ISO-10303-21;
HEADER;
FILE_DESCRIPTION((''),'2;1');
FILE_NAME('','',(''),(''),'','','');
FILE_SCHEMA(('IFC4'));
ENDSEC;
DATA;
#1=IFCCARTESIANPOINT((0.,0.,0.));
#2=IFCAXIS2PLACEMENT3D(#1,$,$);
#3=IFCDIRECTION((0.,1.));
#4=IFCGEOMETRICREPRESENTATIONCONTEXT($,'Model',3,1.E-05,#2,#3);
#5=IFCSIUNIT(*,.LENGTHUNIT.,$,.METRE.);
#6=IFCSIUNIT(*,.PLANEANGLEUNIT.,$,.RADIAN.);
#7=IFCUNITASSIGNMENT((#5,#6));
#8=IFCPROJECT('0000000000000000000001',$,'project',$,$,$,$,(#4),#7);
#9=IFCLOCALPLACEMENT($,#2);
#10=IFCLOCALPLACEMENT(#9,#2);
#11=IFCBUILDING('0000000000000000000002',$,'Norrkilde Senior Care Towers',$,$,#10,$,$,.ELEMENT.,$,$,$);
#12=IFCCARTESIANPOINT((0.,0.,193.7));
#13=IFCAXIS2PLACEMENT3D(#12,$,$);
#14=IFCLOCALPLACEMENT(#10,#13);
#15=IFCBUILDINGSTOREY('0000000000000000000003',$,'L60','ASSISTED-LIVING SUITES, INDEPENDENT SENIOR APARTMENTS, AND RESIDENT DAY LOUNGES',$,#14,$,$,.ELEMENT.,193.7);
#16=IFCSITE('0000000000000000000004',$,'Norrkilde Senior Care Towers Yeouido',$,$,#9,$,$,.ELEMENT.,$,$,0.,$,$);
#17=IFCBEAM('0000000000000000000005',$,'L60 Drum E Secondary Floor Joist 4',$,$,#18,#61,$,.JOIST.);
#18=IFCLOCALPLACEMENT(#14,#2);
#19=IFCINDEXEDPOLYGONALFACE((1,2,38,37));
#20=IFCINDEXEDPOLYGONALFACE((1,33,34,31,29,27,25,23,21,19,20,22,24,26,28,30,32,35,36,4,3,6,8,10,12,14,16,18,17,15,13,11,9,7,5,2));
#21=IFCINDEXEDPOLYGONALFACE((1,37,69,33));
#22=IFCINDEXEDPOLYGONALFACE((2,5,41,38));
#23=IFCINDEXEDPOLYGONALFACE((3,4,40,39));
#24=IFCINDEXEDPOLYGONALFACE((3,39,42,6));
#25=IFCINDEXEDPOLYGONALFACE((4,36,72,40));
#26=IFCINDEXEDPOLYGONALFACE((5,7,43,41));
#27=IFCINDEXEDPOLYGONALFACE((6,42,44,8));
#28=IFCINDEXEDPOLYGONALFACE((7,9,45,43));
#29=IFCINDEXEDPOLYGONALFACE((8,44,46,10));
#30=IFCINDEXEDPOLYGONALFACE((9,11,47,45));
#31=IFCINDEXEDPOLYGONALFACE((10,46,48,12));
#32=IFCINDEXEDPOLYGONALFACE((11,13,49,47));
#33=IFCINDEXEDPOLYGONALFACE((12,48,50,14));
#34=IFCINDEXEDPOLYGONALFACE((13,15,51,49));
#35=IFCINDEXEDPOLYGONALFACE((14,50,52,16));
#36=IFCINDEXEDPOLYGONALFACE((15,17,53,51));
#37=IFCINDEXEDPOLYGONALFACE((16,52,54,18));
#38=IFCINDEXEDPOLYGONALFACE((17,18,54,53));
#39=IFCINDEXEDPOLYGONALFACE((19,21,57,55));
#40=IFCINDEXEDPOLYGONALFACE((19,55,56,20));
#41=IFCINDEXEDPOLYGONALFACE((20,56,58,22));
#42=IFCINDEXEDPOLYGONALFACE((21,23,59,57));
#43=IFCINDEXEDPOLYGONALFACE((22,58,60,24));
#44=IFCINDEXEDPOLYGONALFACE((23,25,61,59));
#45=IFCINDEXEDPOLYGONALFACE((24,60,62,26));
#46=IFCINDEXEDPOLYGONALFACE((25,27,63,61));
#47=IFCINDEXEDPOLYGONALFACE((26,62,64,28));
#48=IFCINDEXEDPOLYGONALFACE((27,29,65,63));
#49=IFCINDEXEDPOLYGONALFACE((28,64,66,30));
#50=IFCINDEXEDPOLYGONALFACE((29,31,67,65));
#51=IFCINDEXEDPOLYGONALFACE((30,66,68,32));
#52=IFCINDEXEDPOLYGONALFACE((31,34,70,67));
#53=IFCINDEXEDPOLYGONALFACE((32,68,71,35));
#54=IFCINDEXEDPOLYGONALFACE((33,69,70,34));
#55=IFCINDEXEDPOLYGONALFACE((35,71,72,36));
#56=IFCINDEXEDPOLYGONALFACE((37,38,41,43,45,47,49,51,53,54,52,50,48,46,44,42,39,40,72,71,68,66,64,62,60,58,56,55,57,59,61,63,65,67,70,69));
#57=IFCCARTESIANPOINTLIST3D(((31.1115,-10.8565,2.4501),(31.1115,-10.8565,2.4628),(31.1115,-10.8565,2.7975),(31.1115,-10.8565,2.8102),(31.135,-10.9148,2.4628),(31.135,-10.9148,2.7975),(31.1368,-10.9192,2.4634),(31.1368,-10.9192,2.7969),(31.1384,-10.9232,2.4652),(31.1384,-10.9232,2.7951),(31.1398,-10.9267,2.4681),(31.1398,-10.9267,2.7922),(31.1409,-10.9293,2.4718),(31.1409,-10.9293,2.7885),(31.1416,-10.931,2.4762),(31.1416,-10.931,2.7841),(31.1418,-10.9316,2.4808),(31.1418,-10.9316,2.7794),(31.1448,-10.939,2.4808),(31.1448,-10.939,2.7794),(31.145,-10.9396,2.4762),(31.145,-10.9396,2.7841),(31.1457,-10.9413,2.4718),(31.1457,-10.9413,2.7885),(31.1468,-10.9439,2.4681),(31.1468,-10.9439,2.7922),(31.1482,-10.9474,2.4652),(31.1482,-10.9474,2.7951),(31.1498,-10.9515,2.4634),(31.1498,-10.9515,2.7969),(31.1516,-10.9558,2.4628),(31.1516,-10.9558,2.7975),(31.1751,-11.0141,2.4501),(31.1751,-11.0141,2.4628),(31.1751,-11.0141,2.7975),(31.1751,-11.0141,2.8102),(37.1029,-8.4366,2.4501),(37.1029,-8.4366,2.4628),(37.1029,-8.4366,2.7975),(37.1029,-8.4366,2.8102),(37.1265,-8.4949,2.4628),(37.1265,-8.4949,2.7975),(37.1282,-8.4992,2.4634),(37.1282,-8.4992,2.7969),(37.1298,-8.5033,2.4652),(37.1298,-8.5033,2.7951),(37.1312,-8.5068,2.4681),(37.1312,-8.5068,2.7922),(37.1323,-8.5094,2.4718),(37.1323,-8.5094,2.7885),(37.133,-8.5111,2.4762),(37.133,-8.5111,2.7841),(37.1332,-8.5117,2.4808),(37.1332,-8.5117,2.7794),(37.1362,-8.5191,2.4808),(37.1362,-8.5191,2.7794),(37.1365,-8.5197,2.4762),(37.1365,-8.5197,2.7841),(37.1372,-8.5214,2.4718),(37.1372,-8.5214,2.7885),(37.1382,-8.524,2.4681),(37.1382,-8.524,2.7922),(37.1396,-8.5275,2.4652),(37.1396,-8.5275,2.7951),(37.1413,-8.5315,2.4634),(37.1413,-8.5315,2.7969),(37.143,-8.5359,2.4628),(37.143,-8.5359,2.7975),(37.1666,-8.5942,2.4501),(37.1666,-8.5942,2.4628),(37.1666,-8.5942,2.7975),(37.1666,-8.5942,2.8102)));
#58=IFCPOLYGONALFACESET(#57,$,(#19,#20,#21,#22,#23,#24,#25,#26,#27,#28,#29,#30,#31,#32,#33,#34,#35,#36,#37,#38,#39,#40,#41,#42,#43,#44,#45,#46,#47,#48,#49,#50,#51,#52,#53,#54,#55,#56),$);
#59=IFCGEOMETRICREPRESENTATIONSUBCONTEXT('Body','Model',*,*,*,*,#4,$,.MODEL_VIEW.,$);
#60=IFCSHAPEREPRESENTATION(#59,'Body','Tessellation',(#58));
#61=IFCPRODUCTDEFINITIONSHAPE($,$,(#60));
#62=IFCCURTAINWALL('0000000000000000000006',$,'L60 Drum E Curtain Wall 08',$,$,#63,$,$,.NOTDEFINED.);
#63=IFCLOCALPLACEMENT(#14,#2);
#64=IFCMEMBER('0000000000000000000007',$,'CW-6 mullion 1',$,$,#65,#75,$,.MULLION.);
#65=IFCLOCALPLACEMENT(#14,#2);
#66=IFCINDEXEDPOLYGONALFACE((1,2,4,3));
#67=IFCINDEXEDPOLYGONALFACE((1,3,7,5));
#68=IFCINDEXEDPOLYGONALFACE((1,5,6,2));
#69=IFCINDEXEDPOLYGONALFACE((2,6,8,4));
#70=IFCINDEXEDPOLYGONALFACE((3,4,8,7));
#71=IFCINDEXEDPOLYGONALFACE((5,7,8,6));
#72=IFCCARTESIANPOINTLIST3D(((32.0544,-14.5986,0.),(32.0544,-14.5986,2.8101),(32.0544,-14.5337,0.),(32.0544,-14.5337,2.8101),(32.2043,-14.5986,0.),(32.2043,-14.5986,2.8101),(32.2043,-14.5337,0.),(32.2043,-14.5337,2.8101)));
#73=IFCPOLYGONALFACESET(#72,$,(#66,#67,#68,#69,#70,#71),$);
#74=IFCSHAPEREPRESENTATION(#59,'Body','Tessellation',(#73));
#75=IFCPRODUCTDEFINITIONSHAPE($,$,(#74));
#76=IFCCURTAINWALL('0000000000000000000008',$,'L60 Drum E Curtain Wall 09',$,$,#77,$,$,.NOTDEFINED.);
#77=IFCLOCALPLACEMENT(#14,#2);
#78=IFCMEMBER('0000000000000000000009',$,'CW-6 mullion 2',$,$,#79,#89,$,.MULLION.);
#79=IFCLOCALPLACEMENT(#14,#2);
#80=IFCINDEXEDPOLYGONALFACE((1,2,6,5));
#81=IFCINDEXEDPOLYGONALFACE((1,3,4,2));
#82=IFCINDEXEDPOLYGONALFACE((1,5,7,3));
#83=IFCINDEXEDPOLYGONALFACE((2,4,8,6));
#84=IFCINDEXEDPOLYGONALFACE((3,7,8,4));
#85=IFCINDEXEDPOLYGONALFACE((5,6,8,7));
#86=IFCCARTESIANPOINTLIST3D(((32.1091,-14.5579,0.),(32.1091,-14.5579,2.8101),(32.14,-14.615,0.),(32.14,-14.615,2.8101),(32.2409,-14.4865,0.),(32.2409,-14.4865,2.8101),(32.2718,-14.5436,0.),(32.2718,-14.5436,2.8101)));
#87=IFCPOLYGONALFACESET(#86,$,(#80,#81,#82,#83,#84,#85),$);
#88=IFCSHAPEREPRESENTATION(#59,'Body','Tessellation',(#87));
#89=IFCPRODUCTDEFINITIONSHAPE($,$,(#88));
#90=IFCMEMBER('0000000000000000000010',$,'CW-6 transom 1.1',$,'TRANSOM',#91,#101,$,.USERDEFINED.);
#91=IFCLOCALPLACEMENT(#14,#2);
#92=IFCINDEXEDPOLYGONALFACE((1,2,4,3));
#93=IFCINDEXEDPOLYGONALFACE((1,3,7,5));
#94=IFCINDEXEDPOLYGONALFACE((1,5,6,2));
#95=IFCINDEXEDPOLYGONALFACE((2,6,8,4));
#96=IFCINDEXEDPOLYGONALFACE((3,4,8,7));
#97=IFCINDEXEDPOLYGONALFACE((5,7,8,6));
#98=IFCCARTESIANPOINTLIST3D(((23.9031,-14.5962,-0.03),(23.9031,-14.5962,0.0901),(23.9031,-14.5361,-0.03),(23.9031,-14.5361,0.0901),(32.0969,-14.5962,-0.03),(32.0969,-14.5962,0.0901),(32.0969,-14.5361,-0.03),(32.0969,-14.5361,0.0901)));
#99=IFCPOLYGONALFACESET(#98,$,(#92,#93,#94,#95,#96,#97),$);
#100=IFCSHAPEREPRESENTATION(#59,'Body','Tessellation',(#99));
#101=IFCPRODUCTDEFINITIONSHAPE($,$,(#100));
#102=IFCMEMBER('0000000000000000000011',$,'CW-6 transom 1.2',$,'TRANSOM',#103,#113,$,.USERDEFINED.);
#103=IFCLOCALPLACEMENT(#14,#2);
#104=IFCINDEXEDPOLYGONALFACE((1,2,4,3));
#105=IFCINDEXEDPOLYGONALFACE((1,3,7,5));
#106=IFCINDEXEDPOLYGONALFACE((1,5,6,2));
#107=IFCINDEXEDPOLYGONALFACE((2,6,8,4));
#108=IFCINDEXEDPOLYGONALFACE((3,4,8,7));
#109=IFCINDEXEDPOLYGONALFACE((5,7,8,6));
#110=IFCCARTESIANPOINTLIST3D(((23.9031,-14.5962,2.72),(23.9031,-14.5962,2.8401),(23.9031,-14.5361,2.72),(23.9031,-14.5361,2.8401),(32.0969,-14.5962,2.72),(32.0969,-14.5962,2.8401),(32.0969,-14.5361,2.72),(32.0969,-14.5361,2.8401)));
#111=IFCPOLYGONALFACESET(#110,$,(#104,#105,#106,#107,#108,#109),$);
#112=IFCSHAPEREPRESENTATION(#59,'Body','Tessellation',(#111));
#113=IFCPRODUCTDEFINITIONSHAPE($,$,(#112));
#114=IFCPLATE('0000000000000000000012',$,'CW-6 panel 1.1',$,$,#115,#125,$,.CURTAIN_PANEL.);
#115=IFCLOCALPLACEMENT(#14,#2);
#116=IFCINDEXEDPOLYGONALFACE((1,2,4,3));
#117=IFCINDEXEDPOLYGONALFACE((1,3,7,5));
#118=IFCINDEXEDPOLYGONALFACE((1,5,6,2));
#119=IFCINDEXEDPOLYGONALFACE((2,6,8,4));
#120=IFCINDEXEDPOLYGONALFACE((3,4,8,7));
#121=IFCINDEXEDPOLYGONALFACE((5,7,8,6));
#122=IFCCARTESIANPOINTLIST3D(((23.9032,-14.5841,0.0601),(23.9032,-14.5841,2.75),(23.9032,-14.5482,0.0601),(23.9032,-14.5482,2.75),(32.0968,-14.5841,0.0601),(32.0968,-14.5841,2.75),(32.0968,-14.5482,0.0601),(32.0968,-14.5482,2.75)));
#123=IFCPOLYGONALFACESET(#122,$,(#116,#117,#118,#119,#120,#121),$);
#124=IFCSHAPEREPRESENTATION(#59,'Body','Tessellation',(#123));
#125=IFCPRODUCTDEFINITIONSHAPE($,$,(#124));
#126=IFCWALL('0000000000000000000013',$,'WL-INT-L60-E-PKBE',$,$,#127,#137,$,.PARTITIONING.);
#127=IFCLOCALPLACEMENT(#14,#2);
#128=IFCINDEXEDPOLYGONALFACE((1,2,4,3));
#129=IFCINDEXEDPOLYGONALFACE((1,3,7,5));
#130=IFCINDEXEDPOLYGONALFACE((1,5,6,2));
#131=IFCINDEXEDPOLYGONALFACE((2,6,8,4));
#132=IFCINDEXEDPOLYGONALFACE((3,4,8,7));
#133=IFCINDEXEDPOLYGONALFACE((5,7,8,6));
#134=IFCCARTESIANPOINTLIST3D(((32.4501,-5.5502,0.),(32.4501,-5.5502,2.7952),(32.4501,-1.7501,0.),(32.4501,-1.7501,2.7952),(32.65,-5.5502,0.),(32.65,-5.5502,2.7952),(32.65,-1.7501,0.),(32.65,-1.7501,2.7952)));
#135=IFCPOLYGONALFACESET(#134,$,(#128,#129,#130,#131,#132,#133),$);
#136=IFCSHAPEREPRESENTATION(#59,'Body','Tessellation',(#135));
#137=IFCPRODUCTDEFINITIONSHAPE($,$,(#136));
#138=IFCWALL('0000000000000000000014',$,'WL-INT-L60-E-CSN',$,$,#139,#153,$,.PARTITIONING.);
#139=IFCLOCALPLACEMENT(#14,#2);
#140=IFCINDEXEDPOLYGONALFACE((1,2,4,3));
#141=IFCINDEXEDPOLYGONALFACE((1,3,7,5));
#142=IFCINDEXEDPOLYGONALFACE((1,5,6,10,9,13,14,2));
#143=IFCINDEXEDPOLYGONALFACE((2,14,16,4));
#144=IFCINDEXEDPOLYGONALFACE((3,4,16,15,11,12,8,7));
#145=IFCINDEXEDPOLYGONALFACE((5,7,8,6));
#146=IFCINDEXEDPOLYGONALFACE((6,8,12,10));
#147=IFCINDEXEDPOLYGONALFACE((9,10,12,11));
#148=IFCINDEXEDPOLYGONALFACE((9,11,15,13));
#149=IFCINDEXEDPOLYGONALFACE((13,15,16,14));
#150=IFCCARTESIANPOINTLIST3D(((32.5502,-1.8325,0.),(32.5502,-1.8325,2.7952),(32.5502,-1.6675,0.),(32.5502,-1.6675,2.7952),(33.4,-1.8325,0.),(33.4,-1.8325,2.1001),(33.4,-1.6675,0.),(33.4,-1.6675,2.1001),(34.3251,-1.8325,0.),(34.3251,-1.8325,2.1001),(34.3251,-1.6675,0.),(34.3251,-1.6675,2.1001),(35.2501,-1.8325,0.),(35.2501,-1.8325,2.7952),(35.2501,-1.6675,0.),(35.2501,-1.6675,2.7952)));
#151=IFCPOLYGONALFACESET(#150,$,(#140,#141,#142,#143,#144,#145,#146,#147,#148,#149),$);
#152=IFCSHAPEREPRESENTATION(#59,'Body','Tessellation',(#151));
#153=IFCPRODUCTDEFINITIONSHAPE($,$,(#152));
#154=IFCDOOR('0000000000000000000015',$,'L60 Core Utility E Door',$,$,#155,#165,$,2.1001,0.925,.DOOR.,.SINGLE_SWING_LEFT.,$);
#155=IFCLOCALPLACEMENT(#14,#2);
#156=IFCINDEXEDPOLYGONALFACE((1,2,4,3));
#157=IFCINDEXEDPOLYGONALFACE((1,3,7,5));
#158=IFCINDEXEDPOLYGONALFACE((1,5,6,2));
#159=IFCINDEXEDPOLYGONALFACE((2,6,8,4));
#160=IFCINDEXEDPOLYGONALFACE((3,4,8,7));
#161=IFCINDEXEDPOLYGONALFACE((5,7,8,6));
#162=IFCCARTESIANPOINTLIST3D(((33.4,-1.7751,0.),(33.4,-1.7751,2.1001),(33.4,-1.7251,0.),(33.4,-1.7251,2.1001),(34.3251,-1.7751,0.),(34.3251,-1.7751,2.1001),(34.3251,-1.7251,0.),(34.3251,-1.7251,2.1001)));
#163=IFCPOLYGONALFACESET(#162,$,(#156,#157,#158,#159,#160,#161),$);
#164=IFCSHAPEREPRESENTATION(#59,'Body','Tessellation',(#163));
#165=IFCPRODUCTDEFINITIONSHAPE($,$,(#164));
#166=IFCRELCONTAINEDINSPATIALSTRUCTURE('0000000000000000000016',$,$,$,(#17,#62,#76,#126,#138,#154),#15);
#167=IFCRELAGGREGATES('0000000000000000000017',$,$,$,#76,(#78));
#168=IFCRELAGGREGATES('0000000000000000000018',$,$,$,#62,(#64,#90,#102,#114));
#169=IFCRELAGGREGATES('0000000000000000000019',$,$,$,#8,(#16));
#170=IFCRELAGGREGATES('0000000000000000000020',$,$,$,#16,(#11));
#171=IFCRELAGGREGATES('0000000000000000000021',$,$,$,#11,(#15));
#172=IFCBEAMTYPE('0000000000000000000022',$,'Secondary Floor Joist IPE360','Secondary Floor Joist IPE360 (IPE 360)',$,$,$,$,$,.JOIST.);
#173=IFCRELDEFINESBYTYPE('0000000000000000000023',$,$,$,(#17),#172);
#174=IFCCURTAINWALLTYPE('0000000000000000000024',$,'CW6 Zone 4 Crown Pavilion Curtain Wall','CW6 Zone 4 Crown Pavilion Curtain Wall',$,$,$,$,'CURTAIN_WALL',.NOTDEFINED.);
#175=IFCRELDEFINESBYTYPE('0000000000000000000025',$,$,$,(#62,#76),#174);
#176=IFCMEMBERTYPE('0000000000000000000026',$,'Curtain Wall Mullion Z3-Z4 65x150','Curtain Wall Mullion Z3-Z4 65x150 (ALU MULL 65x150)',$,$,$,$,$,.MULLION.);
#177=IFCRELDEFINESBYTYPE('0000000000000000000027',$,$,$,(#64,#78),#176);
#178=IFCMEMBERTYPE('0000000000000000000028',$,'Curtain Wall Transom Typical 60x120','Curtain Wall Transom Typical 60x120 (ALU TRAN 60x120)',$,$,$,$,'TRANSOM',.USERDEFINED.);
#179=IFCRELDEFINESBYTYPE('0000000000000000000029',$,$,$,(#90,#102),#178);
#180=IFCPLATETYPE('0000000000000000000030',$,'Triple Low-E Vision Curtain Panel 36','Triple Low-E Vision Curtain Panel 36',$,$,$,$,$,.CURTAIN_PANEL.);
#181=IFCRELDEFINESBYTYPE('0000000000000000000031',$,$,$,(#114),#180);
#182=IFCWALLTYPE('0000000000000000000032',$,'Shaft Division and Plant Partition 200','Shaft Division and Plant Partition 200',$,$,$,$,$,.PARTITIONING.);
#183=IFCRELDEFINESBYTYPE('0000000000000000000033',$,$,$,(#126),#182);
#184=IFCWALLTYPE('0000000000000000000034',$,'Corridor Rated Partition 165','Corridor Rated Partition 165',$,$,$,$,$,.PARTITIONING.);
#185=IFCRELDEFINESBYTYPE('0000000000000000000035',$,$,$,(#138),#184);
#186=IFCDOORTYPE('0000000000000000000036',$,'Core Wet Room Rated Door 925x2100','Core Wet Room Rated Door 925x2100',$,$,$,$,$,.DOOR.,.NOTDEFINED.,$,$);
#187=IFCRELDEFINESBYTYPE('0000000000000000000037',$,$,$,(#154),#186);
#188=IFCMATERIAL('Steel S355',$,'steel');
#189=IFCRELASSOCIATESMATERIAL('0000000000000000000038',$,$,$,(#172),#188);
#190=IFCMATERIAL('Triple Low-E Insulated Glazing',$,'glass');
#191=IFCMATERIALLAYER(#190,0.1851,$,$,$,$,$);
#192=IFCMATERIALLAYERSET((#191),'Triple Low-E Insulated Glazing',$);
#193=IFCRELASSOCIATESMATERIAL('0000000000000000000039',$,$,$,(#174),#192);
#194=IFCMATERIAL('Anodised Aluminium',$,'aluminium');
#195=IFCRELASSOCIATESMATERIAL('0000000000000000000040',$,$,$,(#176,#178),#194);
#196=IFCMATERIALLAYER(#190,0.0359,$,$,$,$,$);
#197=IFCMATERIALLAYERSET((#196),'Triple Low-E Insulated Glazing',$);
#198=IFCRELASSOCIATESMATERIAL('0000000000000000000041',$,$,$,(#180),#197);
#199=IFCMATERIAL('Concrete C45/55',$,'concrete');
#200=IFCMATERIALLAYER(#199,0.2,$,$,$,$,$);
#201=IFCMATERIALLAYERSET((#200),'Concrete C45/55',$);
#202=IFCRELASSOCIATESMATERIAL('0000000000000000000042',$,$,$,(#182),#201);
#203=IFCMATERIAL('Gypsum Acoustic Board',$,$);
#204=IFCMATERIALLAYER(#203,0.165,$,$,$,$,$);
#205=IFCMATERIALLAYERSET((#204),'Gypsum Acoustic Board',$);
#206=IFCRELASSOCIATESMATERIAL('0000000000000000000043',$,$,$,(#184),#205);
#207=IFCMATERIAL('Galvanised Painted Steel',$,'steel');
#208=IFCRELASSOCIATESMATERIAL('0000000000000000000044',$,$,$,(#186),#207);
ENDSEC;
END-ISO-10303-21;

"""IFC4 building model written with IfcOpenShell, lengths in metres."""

from ifc_helpers import new_model, si_unit, direction, frame, frame_2d, origin, origin_2d, place, context, subcontext, project, spatial, rectangle, i_section, extrude, source, transform, mapped, material, layer, layer_set, material_profile, profile_set, type_object, type_shapes, element, fill, aggregate, save


model = new_model("IFC4")

# Units and contexts
model_context = context("Model", 3, precision=1e-05, world=origin(), true_north=direction((0.0, 1.0)))
body_context = subcontext(model_context, "Body", "Model", "MODEL_VIEW")
ifc_project = project(units=[si_unit("LENGTHUNIT", "METRE"), si_unit("PLANEANGLEUNIT", "RADIAN")], contexts=[model_context])

# Site, building, storey
site_placement = place(None, origin())
site = spatial("IfcSite", under=ifc_project, at=site_placement, Name="Norrkilde Senior Care Towers Yeouido", CompositionType="ELEMENT", RefElevation=0.0)
building_placement = place(site_placement, origin())
building = spatial("IfcBuilding", under=site, at=building_placement, Name="Norrkilde Senior Care Towers", CompositionType="ELEMENT")
storey_placement = place(building_placement, frame((0.0, 0.0, 193.7)))
storey = spatial("IfcBuildingStorey", under=building, at=storey_placement, Name="L60", Description="ASSISTED-LIVING SUITES, INDEPENDENT SENIOR APARTMENTS, AND RESIDENT DAY LOUNGES", CompositionType="ELEMENT", Elevation=193.7)

# Beam
ifc_material_1 = material(Name="Steel S355", Category="steel")
ifc_material_profile_1 = material_profile(ifc_material_1, i_section(OverallWidth=0.1699, OverallDepth=0.3601, WebThickness=0.0081, FlangeThickness=0.0127, FilletRadius=0.0181, at=origin_2d()), Name="IPE 360")
ifc_profile_set_1 = profile_set([ifc_material_profile_1], Name="Steel S355")
beam_type_1 = type_object("IfcBeamType", Name="Secondary Floor Joist IPE360", Description="Secondary Floor Joist IPE360 (IPE 360)", PredefinedType="JOIST", material=ifc_profile_set_1)
shared_shape_1 = source(origin(), body_context, "Body", "SweptSolid", [
    extrude(i_section(OverallWidth=0.1699, OverallDepth=0.3601, WebThickness=0.0081, FlangeThickness=0.0127, FilletRadius=0.0181, at=origin_2d()), origin(), (0.0, 0.0, 1.0), 6.4617),
])
type_shapes(beam_type_1, [shared_shape_1])
beam_1_placement = place(storey_placement, frame((31.1433, -10.9353, 2.6301), z_axis=(0.927226, 0.374502, 0.0), x_axis=(-0.374502, 0.927226, 0.0)))
element("IfcBeam", 1, at=beam_1_placement, inside=storey, type_object=beam_type_1, Name="L60 Drum E Secondary Floor Joist 4", PredefinedType="JOIST", context=body_context, shape_type="MappedRepresentation", body=[
    mapped(shared_shape_1, transform((0.0, 0.0, 0.0), x_axis=(1.0, 0.0, 0.0), y_axis=(0.0, 1.0, 0.0), z_axis=(0.0, 0.0, 1.0), scale=1.0)),
])

# Curtain walls, members
ifc_material_2 = material(Name="Triple Low-E Insulated Glazing", Category="glass")
ifc_layer_1 = layer(ifc_material_2, 0.1851)
ifc_layer_set_1 = layer_set([ifc_layer_1], Name="Triple Low-E Insulated Glazing")
curtain_wall_type = type_object("IfcCurtainWallType", Name="CW6 Zone 4 Crown Pavilion Curtain Wall", Description="CW6 Zone 4 Crown Pavilion Curtain Wall", ElementType="CURTAIN_WALL", PredefinedType="NOTDEFINED", material=ifc_layer_set_1)
curtain_wall_1_placement = place(storey_placement, origin())
curtain_wall_1 = element("IfcCurtainWall", 2, at=curtain_wall_1_placement, inside=storey, type_object=curtain_wall_type, Name="L60 Drum E Curtain Wall 08", PredefinedType="NOTDEFINED")
ifc_material_3 = material(Name="Anodised Aluminium", Category="aluminium")
ifc_material_profile_2 = material_profile(ifc_material_3, rectangle(XDim=0.0649, YDim=0.1499, at=origin_2d()), Name="ALU MULL 65x150")
ifc_profile_set_2 = profile_set([ifc_material_profile_2], Name="Anodised Aluminium")
member_type_1 = type_object("IfcMemberType", Name="Curtain Wall Mullion Z3-Z4 65x150", Description="Curtain Wall Mullion Z3-Z4 65x150 (ALU MULL 65x150)", PredefinedType="MULLION", material=ifc_profile_set_2)
shared_shape_2 = source(origin(), body_context, "Body", "SweptSolid", [
    extrude(rectangle(XDim=0.0649, YDim=0.1499, at=origin_2d()), origin(), (0.0, 0.0, 1.0), 2.8101),
])
type_shapes(member_type_1, [shared_shape_2])
member_1_placement = place(storey_placement, frame((32.1294, -14.5662, 0.0), z_axis=(0.0, 0.0, 1.0), x_axis=(0.0, -1.0, 0.0)))
member_1 = element("IfcMember", 3, at=member_1_placement, type_object=member_type_1, Name="CW-6 mullion 1", PredefinedType="MULLION", context=body_context, shape_type="MappedRepresentation", body=[
    mapped(shared_shape_2, transform((0.0, 0.0, 0.0), x_axis=(1.0, 0.0, 0.0), y_axis=(0.0, 1.0, 0.0), z_axis=(0.0, 0.0, 1.0), scale=1.0)),
])
curtain_wall_2_placement = place(storey_placement, origin())
curtain_wall_2 = element("IfcCurtainWall", 4, at=curtain_wall_2_placement, inside=storey, type_object=curtain_wall_type, Name="L60 Drum E Curtain Wall 09", PredefinedType="NOTDEFINED")
member_2_placement = place(storey_placement, frame((32.1904, -14.5508, 0.0), z_axis=(0.0, 0.0, 1.0), x_axis=(0.476133, -0.879373, 0.0)))
member_2 = element("IfcMember", 5, at=member_2_placement, type_object=member_type_1, Name="CW-6 mullion 2", PredefinedType="MULLION", context=body_context, shape_type="MappedRepresentation", body=[
    mapped(shared_shape_2, transform((0.0, 0.0, 0.0), x_axis=(1.0, 0.0, 0.0), y_axis=(0.0, 1.0, 0.0), z_axis=(0.0, 0.0, 1.0), scale=1.0)),
])
aggregate(curtain_wall_2, [member_2])

# Members
ifc_material_profile_3 = material_profile(ifc_material_3, rectangle(XDim=0.0601, YDim=0.1201, at=origin_2d()), Name="ALU TRAN 60x120")
ifc_profile_set_3 = profile_set([ifc_material_profile_3], Name="Anodised Aluminium")
member_type_2 = type_object("IfcMemberType", Name="Curtain Wall Transom Typical 60x120", Description="Curtain Wall Transom Typical 60x120 (ALU TRAN 60x120)", ElementType="TRANSOM", PredefinedType="USERDEFINED", material=ifc_profile_set_3)
shared_shape_3 = source(origin(), body_context, "Body", "SweptSolid", [
    extrude(rectangle(XDim=0.0601, YDim=0.1201, at=origin_2d()), origin(), (0.0, 0.0, 1.0), 8.1938),
])
type_shapes(member_type_2, [shared_shape_3])
member_3_placement = place(storey_placement, frame((32.0969, -14.5662, 0.03), z_axis=(-1.0, 0.0, 0.0), x_axis=(0.0, -1.0, 0.0)))
member_3 = element("IfcMember", 6, at=member_3_placement, type_object=member_type_2, Name="CW-6 transom 1.1", ObjectType="TRANSOM", PredefinedType="USERDEFINED", context=body_context, shape_type="MappedRepresentation", body=[
    mapped(shared_shape_3, transform((0.0, 0.0, 0.0), x_axis=(1.0, 0.0, 0.0), y_axis=(0.0, 1.0, 0.0), z_axis=(0.0, 0.0, 1.0), scale=1.0)),
])
member_4_placement = place(storey_placement, frame((32.0969, -14.5662, 2.78), z_axis=(-1.0, 0.0, 0.0), x_axis=(0.0, -1.0, 0.0)))
member_4 = element("IfcMember", 7, at=member_4_placement, type_object=member_type_2, Name="CW-6 transom 1.2", ObjectType="TRANSOM", PredefinedType="USERDEFINED", context=body_context, shape_type="MappedRepresentation", body=[
    mapped(shared_shape_3, transform((0.0, 0.0, 0.0), x_axis=(1.0, 0.0, 0.0), y_axis=(0.0, 1.0, 0.0), z_axis=(0.0, 0.0, 1.0), scale=1.0)),
])

# Plate
ifc_layer_2 = layer(ifc_material_2, 0.0359)
ifc_layer_set_2 = layer_set([ifc_layer_2], Name="Triple Low-E Insulated Glazing")
plate_type = type_object("IfcPlateType", Name="Triple Low-E Vision Curtain Panel 36", Description="Triple Low-E Vision Curtain Panel 36", PredefinedType="CURTAIN_PANEL", material=ifc_layer_set_2)
shared_shape_4 = source(origin(), body_context, "Body", "SweptSolid", [
    extrude(rectangle(XDim=8.1936, YDim=0.0359, at=origin_2d()), origin(), (0.0, 0.0, 1.0), 2.6899),
])
type_shapes(plate_type, [shared_shape_4])
plate_placement = place(storey_placement, frame((28.0, -14.5662, 0.0601), z_axis=(0.0, 0.0, 1.0), x_axis=(-1.0, 0.0, 0.0)))
plate = element("IfcPlate", 8, at=plate_placement, type_object=plate_type, Name="CW-6 panel 1.1", PredefinedType="CURTAIN_PANEL", context=body_context, shape_type="MappedRepresentation", body=[
    mapped(shared_shape_4, transform((0.0, 0.0, 0.0), x_axis=(1.0, 0.0, 0.0), y_axis=(0.0, 1.0, 0.0), z_axis=(0.0, 0.0, 1.0), scale=1.0)),
])
aggregate(curtain_wall_1, [member_1, member_3, member_4, plate])

# Wall
ifc_material_4 = material(Name="Concrete C45/55", Category="concrete")
ifc_layer_3 = layer(ifc_material_4, 0.2)
ifc_layer_set_3 = layer_set([ifc_layer_3], Name="Concrete C45/55")
wall_type_1 = type_object("IfcWallType", Name="Shaft Division and Plant Partition 200", Description="Shaft Division and Plant Partition 200", PredefinedType="PARTITIONING", material=ifc_layer_set_3)
shared_shape_5 = source(origin(), body_context, "Body", "SweptSolid", [
    extrude(rectangle(XDim=3.8, YDim=0.2, at=frame_2d((1.8999, 0.0))), origin(), (0.0, 0.0, 1.0), 2.7952),
])
type_shapes(wall_type_1, [shared_shape_5])
wall_1_placement = place(storey_placement, frame((32.55, -5.55, 0.0), z_axis=(0.0, 0.0, 1.0), x_axis=(0.0, 1.0, 0.0)))
element("IfcWall", 9, at=wall_1_placement, inside=storey, type_object=wall_type_1, Name="WL-INT-L60-E-PKBE", PredefinedType="PARTITIONING", context=body_context, shape_type="MappedRepresentation", body=[
    mapped(shared_shape_5, transform((0.0, 0.0, 0.0), x_axis=(1.0, 0.0, 0.0), y_axis=(0.0, 1.0, 0.0), z_axis=(0.0, 0.0, 1.0), scale=1.0)),
])

# Wall, opening, door
ifc_material_5 = material(Name="Gypsum Acoustic Board")
ifc_layer_4 = layer(ifc_material_5, 0.165)
ifc_layer_set_4 = layer_set([ifc_layer_4], Name="Gypsum Acoustic Board")
wall_type_2 = type_object("IfcWallType", Name="Corridor Rated Partition 165", Description="Corridor Rated Partition 165", PredefinedType="PARTITIONING", material=ifc_layer_set_4)
shared_shape_6 = source(origin(), body_context, "Body", "SweptSolid", [
    extrude(rectangle(XDim=2.7, YDim=0.165, at=frame_2d((1.3501, 0.0))), origin(), (0.0, 0.0, 1.0), 2.7952),
])
wall_2_placement = place(storey_placement, frame((32.55, -1.75, 0.0), z_axis=(0.0, 0.0, 1.0), x_axis=(1.0, 0.0, 0.0)))
wall_2 = element("IfcWall", 10, at=wall_2_placement, inside=storey, type_object=wall_type_2, Name="WL-INT-L60-E-CSN", PredefinedType="PARTITIONING", context=body_context, shape_type="MappedRepresentation", body=[
    mapped(shared_shape_6, transform((0.0, 0.0, 0.0), x_axis=(1.0, 0.0, 0.0), y_axis=(0.0, 1.0, 0.0), z_axis=(0.0, 0.0, 1.0), scale=1.0)),
])
opening_1_placement = place(wall_2_placement, frame((0.8501, 0.0, 0.0)))
opening_1 = element("IfcOpeningElement", 11, at=opening_1_placement, cuts=wall_2, PredefinedType="OPENING", context=body_context, shape_type="SweptSolid", body=[
    extrude(rectangle(XDim=0.925, YDim=2.1001, at=frame_2d((0.4624, 1.05))), frame((0.0, 0.0925, 0.0), z_axis=(0.0, -1.0, 0.0), x_axis=(1.0, 0.0, 0.0)), (0.0, 0.0, 1.0), 0.1851),
])
ifc_material_6 = material(Name="Galvanised Painted Steel", Category="steel")
door_type_1 = type_object("IfcDoorType", Name="Core Wet Room Rated Door 925x2100", Description="Core Wet Room Rated Door 925x2100", OperationType="NOTDEFINED", PredefinedType="DOOR", material=ifc_material_6)
shared_shape_7 = source(origin(), body_context, "Body", "SweptSolid", [
    extrude(rectangle(XDim=0.925, YDim=2.1001, at=frame_2d((0.4624, 1.05))), frame((0.0, 0.0249, 0.0), z_axis=(0.0, -1.0, 0.0), x_axis=(1.0, 0.0, 0.0)), (0.0, 0.0, 1.0), 0.05),
])
type_shapes(door_type_1, [shared_shape_7])
door_1_placement = place(opening_1_placement, origin())
door_1 = element("IfcDoor", 12, at=door_1_placement, inside=storey, type_object=door_type_1, Name="L60 Core Utility E Door", OperationType="SINGLE_SWING_LEFT", OverallHeight=2.1001, OverallWidth=0.925, PredefinedType="DOOR", context=body_context, shape_type="MappedRepresentation", body=[
    mapped(shared_shape_7, transform((0.0, 0.0, 0.0), x_axis=(1.0, 0.0, 0.0), y_axis=(0.0, 1.0, 0.0), z_axis=(0.0, 0.0, 1.0), scale=1.0)),
])
fill(opening_1, door_1)

save(model, "model.ifc")
